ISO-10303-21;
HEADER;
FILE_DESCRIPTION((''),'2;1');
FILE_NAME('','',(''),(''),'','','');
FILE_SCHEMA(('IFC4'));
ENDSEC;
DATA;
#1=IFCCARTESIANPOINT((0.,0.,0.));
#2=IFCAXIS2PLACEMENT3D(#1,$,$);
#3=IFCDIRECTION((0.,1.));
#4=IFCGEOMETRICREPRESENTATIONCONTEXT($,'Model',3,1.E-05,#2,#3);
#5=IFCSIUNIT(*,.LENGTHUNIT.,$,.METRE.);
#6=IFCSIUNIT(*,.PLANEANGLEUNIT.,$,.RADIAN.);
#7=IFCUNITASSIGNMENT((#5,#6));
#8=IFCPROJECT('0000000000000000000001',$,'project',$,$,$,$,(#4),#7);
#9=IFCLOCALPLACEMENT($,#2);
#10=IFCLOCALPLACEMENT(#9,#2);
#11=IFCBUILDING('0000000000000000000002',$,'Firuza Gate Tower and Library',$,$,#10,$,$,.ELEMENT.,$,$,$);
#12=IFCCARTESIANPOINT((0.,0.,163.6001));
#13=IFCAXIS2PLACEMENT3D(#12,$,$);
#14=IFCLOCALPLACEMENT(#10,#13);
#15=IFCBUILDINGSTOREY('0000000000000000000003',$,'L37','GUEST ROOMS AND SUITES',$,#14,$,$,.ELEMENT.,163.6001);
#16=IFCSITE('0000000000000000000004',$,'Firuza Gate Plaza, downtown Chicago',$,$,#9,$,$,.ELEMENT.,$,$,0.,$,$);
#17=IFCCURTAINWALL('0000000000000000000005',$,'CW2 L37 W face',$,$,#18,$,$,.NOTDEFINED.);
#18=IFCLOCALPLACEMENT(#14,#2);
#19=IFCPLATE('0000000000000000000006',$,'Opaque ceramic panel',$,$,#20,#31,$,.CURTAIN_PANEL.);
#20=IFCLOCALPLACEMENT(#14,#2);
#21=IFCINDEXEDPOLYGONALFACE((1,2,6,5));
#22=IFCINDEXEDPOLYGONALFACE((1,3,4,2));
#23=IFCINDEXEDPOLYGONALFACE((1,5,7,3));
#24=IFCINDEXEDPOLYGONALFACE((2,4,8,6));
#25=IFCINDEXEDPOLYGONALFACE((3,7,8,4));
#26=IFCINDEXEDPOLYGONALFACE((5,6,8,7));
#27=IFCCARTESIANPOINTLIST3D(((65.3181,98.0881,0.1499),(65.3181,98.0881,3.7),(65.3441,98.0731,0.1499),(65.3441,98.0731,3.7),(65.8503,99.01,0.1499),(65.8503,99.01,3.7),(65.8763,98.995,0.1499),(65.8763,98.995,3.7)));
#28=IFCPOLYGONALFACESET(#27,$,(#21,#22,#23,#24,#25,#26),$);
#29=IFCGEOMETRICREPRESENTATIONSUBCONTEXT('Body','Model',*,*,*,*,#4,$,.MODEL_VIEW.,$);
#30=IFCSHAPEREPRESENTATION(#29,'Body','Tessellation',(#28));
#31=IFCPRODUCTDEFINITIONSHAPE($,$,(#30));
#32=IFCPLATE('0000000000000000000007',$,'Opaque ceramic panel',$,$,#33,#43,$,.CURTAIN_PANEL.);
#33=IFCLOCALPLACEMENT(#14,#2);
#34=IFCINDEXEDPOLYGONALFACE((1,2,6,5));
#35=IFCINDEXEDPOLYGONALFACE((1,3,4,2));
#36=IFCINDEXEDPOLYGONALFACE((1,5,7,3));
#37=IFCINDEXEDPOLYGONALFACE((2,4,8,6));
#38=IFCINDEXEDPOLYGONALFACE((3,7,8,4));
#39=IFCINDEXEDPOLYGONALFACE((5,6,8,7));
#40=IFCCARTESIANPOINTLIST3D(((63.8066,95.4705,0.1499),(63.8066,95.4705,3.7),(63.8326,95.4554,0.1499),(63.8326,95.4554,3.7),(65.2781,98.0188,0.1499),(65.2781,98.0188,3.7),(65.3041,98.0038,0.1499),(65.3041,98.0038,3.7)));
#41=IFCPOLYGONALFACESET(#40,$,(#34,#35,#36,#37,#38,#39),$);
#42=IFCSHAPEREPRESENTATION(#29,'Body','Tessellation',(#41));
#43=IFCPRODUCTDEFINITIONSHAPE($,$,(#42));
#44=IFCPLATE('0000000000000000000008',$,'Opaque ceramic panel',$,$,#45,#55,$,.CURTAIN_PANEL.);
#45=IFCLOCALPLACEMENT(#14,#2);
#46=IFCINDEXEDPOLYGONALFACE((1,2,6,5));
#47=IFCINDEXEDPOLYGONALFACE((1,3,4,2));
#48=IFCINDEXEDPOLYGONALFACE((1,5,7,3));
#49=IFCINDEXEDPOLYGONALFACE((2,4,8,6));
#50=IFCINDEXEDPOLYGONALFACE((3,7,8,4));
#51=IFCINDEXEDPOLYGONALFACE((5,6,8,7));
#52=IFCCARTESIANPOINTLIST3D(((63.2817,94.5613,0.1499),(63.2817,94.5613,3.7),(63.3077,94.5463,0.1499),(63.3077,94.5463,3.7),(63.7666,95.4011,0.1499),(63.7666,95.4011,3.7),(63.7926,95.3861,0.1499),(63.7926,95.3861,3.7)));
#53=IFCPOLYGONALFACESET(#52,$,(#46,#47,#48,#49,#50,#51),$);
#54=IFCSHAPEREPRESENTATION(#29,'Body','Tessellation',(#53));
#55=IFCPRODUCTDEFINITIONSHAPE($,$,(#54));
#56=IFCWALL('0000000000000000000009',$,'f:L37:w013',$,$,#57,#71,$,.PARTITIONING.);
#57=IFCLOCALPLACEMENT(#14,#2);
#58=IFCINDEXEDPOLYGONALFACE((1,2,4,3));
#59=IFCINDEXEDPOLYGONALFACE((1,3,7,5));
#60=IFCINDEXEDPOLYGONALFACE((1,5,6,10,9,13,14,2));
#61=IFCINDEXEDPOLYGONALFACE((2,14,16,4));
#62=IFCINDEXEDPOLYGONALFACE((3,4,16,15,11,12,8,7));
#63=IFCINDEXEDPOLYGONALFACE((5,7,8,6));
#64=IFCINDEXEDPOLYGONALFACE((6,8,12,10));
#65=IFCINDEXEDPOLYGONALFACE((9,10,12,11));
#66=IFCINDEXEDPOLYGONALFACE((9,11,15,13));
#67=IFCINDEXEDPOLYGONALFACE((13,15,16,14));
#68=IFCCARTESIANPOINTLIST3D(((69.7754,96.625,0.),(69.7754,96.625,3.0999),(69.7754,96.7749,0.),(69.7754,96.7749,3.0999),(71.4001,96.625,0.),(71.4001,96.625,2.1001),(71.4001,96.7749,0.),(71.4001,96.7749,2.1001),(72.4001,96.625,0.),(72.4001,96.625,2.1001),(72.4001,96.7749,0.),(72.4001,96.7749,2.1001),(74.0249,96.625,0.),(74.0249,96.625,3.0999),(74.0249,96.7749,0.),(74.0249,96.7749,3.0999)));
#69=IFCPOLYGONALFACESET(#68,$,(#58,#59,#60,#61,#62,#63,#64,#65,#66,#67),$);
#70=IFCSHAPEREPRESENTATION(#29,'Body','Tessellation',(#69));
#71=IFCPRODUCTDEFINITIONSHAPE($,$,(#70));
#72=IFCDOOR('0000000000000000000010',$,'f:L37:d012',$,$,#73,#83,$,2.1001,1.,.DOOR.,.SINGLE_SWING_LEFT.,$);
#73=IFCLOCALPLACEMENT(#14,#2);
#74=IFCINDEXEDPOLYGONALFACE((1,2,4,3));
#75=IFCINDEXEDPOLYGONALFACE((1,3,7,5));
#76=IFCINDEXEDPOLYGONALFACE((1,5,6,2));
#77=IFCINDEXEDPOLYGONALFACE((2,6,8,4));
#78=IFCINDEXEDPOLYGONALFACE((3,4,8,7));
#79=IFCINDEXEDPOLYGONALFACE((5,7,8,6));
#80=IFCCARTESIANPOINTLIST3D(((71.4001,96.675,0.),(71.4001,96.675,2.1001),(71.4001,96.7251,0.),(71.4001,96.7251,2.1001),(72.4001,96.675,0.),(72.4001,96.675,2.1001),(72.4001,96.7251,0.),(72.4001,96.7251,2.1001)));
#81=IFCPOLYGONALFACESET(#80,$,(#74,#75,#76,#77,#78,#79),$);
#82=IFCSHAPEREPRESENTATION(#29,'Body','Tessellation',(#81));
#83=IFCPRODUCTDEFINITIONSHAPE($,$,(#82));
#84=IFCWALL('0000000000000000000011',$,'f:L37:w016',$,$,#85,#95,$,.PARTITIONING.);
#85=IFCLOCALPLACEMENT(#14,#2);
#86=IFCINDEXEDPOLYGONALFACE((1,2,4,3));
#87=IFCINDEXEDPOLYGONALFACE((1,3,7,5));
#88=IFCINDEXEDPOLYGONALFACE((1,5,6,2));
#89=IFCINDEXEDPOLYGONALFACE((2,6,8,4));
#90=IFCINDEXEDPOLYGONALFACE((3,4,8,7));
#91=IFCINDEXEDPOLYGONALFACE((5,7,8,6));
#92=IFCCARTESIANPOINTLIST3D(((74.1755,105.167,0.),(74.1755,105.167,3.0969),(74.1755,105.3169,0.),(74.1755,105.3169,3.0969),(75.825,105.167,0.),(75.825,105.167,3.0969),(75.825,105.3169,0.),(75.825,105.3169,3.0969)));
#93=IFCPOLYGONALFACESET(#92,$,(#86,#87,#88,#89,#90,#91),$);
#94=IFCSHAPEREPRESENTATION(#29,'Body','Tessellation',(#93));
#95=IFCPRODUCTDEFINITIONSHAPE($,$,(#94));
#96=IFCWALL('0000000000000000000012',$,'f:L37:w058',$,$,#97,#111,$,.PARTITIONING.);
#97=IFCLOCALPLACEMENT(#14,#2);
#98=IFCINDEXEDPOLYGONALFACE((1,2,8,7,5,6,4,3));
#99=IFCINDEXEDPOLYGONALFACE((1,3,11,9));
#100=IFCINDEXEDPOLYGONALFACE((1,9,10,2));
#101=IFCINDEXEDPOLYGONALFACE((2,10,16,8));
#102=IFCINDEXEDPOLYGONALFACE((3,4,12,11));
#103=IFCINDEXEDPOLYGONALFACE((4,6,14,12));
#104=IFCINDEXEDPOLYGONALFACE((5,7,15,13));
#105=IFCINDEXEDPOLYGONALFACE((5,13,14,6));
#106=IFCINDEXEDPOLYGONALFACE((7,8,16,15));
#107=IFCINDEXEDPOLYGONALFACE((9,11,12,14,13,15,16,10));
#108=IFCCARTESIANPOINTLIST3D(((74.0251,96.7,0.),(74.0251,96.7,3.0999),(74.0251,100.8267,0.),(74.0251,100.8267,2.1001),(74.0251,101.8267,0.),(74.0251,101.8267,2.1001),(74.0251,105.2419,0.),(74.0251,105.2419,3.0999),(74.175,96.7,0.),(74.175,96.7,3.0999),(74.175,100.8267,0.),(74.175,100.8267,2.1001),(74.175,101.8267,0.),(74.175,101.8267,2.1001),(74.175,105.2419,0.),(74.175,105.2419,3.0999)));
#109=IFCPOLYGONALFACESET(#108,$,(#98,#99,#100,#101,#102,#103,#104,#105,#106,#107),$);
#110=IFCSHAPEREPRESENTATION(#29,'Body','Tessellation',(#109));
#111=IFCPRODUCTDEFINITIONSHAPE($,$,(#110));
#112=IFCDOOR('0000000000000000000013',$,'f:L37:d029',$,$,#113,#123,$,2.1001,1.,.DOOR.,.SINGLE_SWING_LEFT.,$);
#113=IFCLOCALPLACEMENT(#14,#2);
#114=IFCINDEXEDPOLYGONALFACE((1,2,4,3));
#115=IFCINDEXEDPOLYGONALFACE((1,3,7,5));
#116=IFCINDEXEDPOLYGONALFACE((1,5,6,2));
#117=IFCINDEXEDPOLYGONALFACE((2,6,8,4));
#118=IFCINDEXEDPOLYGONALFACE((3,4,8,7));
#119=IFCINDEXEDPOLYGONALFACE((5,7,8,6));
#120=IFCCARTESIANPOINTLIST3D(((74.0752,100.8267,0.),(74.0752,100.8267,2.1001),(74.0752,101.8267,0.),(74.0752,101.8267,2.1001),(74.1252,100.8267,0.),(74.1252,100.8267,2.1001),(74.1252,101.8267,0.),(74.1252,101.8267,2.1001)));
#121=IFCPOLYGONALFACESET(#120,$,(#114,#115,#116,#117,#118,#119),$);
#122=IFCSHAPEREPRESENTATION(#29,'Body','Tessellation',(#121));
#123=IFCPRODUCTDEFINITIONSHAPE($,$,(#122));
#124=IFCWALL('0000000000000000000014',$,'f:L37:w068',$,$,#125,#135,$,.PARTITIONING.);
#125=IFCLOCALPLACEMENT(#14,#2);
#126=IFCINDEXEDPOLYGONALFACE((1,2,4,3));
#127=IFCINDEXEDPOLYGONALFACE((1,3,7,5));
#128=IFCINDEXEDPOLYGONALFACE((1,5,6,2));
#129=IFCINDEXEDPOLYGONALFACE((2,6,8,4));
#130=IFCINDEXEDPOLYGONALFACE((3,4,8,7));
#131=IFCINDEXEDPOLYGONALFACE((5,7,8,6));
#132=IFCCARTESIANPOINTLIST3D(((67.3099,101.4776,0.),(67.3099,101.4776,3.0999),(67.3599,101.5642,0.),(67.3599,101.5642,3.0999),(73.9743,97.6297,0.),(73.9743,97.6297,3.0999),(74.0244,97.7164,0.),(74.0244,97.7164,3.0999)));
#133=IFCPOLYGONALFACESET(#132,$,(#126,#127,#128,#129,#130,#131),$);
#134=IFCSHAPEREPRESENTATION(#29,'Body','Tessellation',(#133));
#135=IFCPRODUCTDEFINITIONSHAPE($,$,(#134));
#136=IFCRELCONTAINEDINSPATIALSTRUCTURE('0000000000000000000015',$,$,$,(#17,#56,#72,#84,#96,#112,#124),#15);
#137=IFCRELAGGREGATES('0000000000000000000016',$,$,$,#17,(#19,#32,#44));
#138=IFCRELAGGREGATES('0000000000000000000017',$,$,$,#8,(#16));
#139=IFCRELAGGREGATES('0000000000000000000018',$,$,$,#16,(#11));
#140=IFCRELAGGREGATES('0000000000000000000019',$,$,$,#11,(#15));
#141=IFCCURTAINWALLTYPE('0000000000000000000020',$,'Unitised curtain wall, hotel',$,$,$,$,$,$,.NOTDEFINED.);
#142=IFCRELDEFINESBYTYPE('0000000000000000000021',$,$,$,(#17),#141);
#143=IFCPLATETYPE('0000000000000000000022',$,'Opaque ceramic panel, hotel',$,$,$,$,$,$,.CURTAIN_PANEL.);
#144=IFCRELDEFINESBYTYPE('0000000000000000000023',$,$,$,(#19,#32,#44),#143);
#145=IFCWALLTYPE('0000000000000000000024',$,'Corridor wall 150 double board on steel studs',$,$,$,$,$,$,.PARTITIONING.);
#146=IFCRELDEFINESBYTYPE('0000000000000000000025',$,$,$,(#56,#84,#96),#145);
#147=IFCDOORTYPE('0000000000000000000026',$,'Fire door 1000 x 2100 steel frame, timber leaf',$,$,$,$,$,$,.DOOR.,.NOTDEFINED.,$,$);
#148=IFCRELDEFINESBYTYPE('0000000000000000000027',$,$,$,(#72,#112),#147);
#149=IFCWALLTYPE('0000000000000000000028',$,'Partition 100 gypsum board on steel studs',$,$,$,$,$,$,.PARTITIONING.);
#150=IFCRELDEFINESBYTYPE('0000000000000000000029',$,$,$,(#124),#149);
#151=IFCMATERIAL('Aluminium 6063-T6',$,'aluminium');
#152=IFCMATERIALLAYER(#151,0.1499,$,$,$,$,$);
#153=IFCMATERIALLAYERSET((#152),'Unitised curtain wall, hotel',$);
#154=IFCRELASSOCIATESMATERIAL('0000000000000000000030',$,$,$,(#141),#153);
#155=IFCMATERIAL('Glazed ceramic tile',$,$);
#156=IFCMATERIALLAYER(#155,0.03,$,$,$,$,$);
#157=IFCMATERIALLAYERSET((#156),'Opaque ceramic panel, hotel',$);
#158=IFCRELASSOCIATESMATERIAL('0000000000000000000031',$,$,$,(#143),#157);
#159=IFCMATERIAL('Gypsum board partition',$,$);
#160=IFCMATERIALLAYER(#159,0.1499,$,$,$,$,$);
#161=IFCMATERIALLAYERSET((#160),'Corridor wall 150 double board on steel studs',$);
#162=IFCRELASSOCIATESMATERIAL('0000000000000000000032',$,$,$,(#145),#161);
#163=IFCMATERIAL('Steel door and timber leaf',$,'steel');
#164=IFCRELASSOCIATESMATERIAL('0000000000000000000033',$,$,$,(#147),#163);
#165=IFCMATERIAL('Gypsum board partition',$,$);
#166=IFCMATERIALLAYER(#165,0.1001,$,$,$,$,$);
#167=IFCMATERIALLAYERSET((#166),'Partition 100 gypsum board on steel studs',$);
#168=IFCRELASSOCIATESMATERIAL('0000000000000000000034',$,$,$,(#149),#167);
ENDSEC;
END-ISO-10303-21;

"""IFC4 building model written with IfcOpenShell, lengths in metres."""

from ifc_helpers import new_model, si_unit, direction, frame, frame_2d, origin, place, context, subcontext, project, spatial, polyline, rectangle, outline, extrude, material, layer, layer_set, type_object, element, fill, aggregate, save


model = new_model("IFC4")

# Units and contexts
model_context = context("Model", 3, precision=1e-05, world=origin(), true_north=direction((0.0, 1.0)))
body_context = subcontext(model_context, "Body", "Model", "MODEL_VIEW")
ifc_project = project(units=[si_unit("LENGTHUNIT", "METRE"), si_unit("PLANEANGLEUNIT", "RADIAN")], contexts=[model_context])

# Site, building, storey
site_placement = place(None, origin())
site = spatial("IfcSite", under=ifc_project, at=site_placement, Name="Firuza Gate Plaza, downtown Chicago", CompositionType="ELEMENT", RefElevation=0.0)
building_placement = place(site_placement, origin())
building = spatial("IfcBuilding", under=site, at=building_placement, Name="Firuza Gate Tower and Library", CompositionType="ELEMENT")
storey_placement = place(building_placement, frame((0.0, 0.0, 163.6001)))
storey = spatial("IfcBuildingStorey", under=building, at=storey_placement, Name="L37", Description="GUEST ROOMS AND SUITES", CompositionType="ELEMENT", Elevation=163.6001)

# Curtain wall
ifc_material_1 = material(Name="Aluminium 6063-T6", Category="aluminium")
ifc_layer_1 = layer(ifc_material_1, 0.1499)
ifc_layer_set_1 = layer_set([ifc_layer_1], Name="Unitised curtain wall, hotel")
curtain_wall_type_1 = type_object("IfcCurtainWallType", Name="Unitised curtain wall, hotel", PredefinedType="NOTDEFINED", material=ifc_layer_set_1)
placement = place(storey_placement, origin())
curtain_wall_1 = element("IfcCurtainWall", 1, at=placement, inside=storey, type_object=curtain_wall_type_1, Name="CW2 L37 W face", PredefinedType="NOTDEFINED")

# Plates
ifc_material_2 = material(Name="Glazed ceramic tile")
ifc_layer_2 = layer(ifc_material_2, 0.03)
ifc_layer_set_2 = layer_set([ifc_layer_2], Name="Opaque ceramic panel, hotel")
plate_type_1 = type_object("IfcPlateType", Name="Opaque ceramic panel, hotel", PredefinedType="CURTAIN_PANEL", material=ifc_layer_set_2)
plate_1_placement = place(storey_placement, frame((65.8503, 99.01, 0.1499), z_axis=(-0.866033, 0.499987, 0.0), x_axis=(-0.499987, -0.866033, 0.0)))
plate_1 = element("IfcPlate", 2, at=plate_1_placement, type_object=plate_type_1, Name="Opaque ceramic panel", PredefinedType="CURTAIN_PANEL", context=body_context, shape_type="SweptSolid", body=[
    extrude(outline(polyline([(0.0, 0.0), (1.0645, 0.0), (1.0645, 3.55), (0.0, 3.55), (0.0, 0.0)])), origin(), (0.0, 0.0, -1.0), 0.03),
])
plate_2_placement = place(storey_placement, frame((65.2781, 98.0188, 0.1499), z_axis=(-0.866003, 0.500038, 0.0), x_axis=(-0.500038, -0.866003, 0.0)))
plate_2 = element("IfcPlate", 3, at=plate_2_placement, type_object=plate_type_1, Name="Opaque ceramic panel", PredefinedType="CURTAIN_PANEL", context=body_context, shape_type="SweptSolid", body=[
    extrude(outline(polyline([(0.0, 0.0), (2.9426, 0.0), (2.9426, 3.55), (0.0, 3.55), (0.0, 0.0)])), origin(), (0.0, 0.0, -1.0), 0.03),
])
plate_3_placement = place(storey_placement, frame((63.7666, 95.4011, 0.1499), z_axis=(-0.866035, 0.499984, 0.0), x_axis=(-0.499984, -0.866035, 0.0)))
plate_3 = element("IfcPlate", 4, at=plate_3_placement, type_object=plate_type_1, Name="Opaque ceramic panel", PredefinedType="CURTAIN_PANEL", context=body_context, shape_type="SweptSolid", body=[
    extrude(outline(polyline([(0.0, 0.0), (0.9698, 0.0), (0.9698, 3.55), (0.0, 3.55), (0.0, 0.0)])), origin(), (0.0, 0.0, -1.0), 0.03),
])
aggregate(curtain_wall_1, [plate_1, plate_2, plate_3])

# Wall, opening, door
ifc_material_3 = material(Name="Gypsum board partition")
ifc_layer_3 = layer(ifc_material_3, 0.1499)
ifc_layer_set_3 = layer_set([ifc_layer_3], Name="Corridor wall 150 double board on steel studs")
wall_type_1 = type_object("IfcWallType", Name="Corridor wall 150 double board on steel studs", PredefinedType="PARTITIONING", material=ifc_layer_set_3)
wall_1_placement = place(storey_placement, frame((74.0249, 96.7, 0.0), z_axis=(0.0, 0.0, 1.0), x_axis=(-1.0, 0.0, 0.0)))
wall_1 = element("IfcWall", 5, at=wall_1_placement, inside=storey, type_object=wall_type_1, Name="f:L37:w013", PredefinedType="PARTITIONING", context=body_context, shape_type="SweptSolid", body=[
    extrude(rectangle(XDim=4.2495, YDim=0.1499, at=frame_2d((2.1248, 0.0))), origin(), (0.0, 0.0, 1.0), 3.0999),
])
opening_1_placement = place(wall_1_placement, frame((1.6248, 0.0, 0.0)))
opening_1 = element("IfcOpeningElement", 6, at=opening_1_placement, cuts=wall_1, PredefinedType="OPENING", context=body_context, shape_type="SweptSolid", body=[
    extrude(rectangle(XDim=1.0, YDim=2.1001, at=frame_2d((0.5, 1.05))), frame((0.0, 0.085, 0.0), z_axis=(0.0, -1.0, 0.0), x_axis=(1.0, 0.0, 0.0)), (0.0, 0.0, 1.0), 0.1699),
])
ifc_material_4 = material(Name="Steel door and timber leaf", Category="steel")
door_type = type_object("IfcDoorType", Name="Fire door 1000 x 2100 steel frame, timber leaf", OperationType="NOTDEFINED", PredefinedType="DOOR", material=ifc_material_4)
door_1_placement = place(opening_1_placement, origin())
door_1 = element("IfcDoor", 7, at=door_1_placement, inside=storey, type_object=door_type, Name="f:L37:d012", OperationType="SINGLE_SWING_LEFT", OverallHeight=2.1001, OverallWidth=1.0, PredefinedType="DOOR", context=body_context, shape_type="SweptSolid", body=[
    extrude(rectangle(XDim=1.0, YDim=2.1001, at=frame_2d((0.5, 1.05))), frame((0.0, 0.0249, 0.0), z_axis=(0.0, -1.0, 0.0), x_axis=(1.0, 0.0, 0.0)), (0.0, 0.0, 1.0), 0.05),
])
fill(opening_1, door_1)

# Wall
wall_2_placement = place(storey_placement, frame((74.1755, 105.2419, 0.0), z_axis=(0.0, 0.0, 1.0), x_axis=(1.0, 0.0, 0.0)))
element("IfcWall", 8, at=wall_2_placement, inside=storey, type_object=wall_type_1, Name="f:L37:w016", PredefinedType="PARTITIONING", context=body_context, shape_type="SweptSolid", body=[
    extrude(rectangle(XDim=1.6494, YDim=0.1499, at=frame_2d((0.8247, 0.0))), origin(), (0.0, 0.0, 1.0), 3.0969),
])

# Wall, opening, door
wall_3_placement = place(storey_placement, frame((74.1001, 96.7, 0.0), z_axis=(0.0, 0.0, 1.0), x_axis=(0.0, 1.0, 0.0)))
wall_3 = element("IfcWall", 9, at=wall_3_placement, inside=storey, type_object=wall_type_1, Name="f:L37:w058", PredefinedType="PARTITIONING", context=body_context, shape_type="SweptSolid", body=[
    extrude(rectangle(XDim=8.542, YDim=0.1499, at=frame_2d((4.271, 0.0))), origin(), (0.0, 0.0, 1.0), 3.0999),
])
opening_2_placement = place(wall_3_placement, frame((4.1267, 0.0, 0.0)))
opening_2 = element("IfcOpeningElement", 10, at=opening_2_placement, cuts=wall_3, PredefinedType="OPENING", context=body_context, shape_type="SweptSolid", body=[
    extrude(rectangle(XDim=1.0, YDim=2.1001, at=frame_2d((0.5, 1.05))), frame((0.0, 0.085, 0.0), z_axis=(0.0, -1.0, 0.0), x_axis=(1.0, 0.0, 0.0)), (0.0, 0.0, 1.0), 0.1699),
])
door_2_placement = place(opening_2_placement, origin())
door_2 = element("IfcDoor", 11, at=door_2_placement, inside=storey, type_object=door_type, Name="f:L37:d029", OperationType="SINGLE_SWING_LEFT", OverallHeight=2.1001, OverallWidth=1.0, PredefinedType="DOOR", context=body_context, shape_type="SweptSolid", body=[
    extrude(rectangle(XDim=1.0, YDim=2.1001, at=frame_2d((0.5, 1.05))), frame((0.0, 0.0249, 0.0), z_axis=(0.0, -1.0, 0.0), x_axis=(1.0, 0.0, 0.0)), (0.0, 0.0, 1.0), 0.05),
])
fill(opening_2, door_2)

# Wall
ifc_material_5 = material(Name="Gypsum board partition")
ifc_layer_4 = layer(ifc_material_5, 0.1001)
ifc_layer_set_4 = layer_set([ifc_layer_4], Name="Partition 100 gypsum board on steel studs")
wall_type_2 = type_object("IfcWallType", Name="Partition 100 gypsum board on steel studs", PredefinedType="PARTITIONING", material=ifc_layer_set_4)
wall_4_placement = place(storey_placement, frame((73.9993, 97.6731, 0.0), z_axis=(0.0, 0.0, 1.0), x_axis=(-0.866019, 0.500012, 0.0)))
element("IfcWall", 12, at=wall_4_placement, inside=storey, type_object=wall_type_2, Name="f:L37:w068", PredefinedType="PARTITIONING", context=body_context, shape_type="SweptSolid", body=[
    extrude(rectangle(XDim=7.6956, YDim=0.1001, at=frame_2d((3.8477, 0.0))), origin(), (0.0, 0.0, 1.0), 3.0999),
])

save(model, "model.ifc")
